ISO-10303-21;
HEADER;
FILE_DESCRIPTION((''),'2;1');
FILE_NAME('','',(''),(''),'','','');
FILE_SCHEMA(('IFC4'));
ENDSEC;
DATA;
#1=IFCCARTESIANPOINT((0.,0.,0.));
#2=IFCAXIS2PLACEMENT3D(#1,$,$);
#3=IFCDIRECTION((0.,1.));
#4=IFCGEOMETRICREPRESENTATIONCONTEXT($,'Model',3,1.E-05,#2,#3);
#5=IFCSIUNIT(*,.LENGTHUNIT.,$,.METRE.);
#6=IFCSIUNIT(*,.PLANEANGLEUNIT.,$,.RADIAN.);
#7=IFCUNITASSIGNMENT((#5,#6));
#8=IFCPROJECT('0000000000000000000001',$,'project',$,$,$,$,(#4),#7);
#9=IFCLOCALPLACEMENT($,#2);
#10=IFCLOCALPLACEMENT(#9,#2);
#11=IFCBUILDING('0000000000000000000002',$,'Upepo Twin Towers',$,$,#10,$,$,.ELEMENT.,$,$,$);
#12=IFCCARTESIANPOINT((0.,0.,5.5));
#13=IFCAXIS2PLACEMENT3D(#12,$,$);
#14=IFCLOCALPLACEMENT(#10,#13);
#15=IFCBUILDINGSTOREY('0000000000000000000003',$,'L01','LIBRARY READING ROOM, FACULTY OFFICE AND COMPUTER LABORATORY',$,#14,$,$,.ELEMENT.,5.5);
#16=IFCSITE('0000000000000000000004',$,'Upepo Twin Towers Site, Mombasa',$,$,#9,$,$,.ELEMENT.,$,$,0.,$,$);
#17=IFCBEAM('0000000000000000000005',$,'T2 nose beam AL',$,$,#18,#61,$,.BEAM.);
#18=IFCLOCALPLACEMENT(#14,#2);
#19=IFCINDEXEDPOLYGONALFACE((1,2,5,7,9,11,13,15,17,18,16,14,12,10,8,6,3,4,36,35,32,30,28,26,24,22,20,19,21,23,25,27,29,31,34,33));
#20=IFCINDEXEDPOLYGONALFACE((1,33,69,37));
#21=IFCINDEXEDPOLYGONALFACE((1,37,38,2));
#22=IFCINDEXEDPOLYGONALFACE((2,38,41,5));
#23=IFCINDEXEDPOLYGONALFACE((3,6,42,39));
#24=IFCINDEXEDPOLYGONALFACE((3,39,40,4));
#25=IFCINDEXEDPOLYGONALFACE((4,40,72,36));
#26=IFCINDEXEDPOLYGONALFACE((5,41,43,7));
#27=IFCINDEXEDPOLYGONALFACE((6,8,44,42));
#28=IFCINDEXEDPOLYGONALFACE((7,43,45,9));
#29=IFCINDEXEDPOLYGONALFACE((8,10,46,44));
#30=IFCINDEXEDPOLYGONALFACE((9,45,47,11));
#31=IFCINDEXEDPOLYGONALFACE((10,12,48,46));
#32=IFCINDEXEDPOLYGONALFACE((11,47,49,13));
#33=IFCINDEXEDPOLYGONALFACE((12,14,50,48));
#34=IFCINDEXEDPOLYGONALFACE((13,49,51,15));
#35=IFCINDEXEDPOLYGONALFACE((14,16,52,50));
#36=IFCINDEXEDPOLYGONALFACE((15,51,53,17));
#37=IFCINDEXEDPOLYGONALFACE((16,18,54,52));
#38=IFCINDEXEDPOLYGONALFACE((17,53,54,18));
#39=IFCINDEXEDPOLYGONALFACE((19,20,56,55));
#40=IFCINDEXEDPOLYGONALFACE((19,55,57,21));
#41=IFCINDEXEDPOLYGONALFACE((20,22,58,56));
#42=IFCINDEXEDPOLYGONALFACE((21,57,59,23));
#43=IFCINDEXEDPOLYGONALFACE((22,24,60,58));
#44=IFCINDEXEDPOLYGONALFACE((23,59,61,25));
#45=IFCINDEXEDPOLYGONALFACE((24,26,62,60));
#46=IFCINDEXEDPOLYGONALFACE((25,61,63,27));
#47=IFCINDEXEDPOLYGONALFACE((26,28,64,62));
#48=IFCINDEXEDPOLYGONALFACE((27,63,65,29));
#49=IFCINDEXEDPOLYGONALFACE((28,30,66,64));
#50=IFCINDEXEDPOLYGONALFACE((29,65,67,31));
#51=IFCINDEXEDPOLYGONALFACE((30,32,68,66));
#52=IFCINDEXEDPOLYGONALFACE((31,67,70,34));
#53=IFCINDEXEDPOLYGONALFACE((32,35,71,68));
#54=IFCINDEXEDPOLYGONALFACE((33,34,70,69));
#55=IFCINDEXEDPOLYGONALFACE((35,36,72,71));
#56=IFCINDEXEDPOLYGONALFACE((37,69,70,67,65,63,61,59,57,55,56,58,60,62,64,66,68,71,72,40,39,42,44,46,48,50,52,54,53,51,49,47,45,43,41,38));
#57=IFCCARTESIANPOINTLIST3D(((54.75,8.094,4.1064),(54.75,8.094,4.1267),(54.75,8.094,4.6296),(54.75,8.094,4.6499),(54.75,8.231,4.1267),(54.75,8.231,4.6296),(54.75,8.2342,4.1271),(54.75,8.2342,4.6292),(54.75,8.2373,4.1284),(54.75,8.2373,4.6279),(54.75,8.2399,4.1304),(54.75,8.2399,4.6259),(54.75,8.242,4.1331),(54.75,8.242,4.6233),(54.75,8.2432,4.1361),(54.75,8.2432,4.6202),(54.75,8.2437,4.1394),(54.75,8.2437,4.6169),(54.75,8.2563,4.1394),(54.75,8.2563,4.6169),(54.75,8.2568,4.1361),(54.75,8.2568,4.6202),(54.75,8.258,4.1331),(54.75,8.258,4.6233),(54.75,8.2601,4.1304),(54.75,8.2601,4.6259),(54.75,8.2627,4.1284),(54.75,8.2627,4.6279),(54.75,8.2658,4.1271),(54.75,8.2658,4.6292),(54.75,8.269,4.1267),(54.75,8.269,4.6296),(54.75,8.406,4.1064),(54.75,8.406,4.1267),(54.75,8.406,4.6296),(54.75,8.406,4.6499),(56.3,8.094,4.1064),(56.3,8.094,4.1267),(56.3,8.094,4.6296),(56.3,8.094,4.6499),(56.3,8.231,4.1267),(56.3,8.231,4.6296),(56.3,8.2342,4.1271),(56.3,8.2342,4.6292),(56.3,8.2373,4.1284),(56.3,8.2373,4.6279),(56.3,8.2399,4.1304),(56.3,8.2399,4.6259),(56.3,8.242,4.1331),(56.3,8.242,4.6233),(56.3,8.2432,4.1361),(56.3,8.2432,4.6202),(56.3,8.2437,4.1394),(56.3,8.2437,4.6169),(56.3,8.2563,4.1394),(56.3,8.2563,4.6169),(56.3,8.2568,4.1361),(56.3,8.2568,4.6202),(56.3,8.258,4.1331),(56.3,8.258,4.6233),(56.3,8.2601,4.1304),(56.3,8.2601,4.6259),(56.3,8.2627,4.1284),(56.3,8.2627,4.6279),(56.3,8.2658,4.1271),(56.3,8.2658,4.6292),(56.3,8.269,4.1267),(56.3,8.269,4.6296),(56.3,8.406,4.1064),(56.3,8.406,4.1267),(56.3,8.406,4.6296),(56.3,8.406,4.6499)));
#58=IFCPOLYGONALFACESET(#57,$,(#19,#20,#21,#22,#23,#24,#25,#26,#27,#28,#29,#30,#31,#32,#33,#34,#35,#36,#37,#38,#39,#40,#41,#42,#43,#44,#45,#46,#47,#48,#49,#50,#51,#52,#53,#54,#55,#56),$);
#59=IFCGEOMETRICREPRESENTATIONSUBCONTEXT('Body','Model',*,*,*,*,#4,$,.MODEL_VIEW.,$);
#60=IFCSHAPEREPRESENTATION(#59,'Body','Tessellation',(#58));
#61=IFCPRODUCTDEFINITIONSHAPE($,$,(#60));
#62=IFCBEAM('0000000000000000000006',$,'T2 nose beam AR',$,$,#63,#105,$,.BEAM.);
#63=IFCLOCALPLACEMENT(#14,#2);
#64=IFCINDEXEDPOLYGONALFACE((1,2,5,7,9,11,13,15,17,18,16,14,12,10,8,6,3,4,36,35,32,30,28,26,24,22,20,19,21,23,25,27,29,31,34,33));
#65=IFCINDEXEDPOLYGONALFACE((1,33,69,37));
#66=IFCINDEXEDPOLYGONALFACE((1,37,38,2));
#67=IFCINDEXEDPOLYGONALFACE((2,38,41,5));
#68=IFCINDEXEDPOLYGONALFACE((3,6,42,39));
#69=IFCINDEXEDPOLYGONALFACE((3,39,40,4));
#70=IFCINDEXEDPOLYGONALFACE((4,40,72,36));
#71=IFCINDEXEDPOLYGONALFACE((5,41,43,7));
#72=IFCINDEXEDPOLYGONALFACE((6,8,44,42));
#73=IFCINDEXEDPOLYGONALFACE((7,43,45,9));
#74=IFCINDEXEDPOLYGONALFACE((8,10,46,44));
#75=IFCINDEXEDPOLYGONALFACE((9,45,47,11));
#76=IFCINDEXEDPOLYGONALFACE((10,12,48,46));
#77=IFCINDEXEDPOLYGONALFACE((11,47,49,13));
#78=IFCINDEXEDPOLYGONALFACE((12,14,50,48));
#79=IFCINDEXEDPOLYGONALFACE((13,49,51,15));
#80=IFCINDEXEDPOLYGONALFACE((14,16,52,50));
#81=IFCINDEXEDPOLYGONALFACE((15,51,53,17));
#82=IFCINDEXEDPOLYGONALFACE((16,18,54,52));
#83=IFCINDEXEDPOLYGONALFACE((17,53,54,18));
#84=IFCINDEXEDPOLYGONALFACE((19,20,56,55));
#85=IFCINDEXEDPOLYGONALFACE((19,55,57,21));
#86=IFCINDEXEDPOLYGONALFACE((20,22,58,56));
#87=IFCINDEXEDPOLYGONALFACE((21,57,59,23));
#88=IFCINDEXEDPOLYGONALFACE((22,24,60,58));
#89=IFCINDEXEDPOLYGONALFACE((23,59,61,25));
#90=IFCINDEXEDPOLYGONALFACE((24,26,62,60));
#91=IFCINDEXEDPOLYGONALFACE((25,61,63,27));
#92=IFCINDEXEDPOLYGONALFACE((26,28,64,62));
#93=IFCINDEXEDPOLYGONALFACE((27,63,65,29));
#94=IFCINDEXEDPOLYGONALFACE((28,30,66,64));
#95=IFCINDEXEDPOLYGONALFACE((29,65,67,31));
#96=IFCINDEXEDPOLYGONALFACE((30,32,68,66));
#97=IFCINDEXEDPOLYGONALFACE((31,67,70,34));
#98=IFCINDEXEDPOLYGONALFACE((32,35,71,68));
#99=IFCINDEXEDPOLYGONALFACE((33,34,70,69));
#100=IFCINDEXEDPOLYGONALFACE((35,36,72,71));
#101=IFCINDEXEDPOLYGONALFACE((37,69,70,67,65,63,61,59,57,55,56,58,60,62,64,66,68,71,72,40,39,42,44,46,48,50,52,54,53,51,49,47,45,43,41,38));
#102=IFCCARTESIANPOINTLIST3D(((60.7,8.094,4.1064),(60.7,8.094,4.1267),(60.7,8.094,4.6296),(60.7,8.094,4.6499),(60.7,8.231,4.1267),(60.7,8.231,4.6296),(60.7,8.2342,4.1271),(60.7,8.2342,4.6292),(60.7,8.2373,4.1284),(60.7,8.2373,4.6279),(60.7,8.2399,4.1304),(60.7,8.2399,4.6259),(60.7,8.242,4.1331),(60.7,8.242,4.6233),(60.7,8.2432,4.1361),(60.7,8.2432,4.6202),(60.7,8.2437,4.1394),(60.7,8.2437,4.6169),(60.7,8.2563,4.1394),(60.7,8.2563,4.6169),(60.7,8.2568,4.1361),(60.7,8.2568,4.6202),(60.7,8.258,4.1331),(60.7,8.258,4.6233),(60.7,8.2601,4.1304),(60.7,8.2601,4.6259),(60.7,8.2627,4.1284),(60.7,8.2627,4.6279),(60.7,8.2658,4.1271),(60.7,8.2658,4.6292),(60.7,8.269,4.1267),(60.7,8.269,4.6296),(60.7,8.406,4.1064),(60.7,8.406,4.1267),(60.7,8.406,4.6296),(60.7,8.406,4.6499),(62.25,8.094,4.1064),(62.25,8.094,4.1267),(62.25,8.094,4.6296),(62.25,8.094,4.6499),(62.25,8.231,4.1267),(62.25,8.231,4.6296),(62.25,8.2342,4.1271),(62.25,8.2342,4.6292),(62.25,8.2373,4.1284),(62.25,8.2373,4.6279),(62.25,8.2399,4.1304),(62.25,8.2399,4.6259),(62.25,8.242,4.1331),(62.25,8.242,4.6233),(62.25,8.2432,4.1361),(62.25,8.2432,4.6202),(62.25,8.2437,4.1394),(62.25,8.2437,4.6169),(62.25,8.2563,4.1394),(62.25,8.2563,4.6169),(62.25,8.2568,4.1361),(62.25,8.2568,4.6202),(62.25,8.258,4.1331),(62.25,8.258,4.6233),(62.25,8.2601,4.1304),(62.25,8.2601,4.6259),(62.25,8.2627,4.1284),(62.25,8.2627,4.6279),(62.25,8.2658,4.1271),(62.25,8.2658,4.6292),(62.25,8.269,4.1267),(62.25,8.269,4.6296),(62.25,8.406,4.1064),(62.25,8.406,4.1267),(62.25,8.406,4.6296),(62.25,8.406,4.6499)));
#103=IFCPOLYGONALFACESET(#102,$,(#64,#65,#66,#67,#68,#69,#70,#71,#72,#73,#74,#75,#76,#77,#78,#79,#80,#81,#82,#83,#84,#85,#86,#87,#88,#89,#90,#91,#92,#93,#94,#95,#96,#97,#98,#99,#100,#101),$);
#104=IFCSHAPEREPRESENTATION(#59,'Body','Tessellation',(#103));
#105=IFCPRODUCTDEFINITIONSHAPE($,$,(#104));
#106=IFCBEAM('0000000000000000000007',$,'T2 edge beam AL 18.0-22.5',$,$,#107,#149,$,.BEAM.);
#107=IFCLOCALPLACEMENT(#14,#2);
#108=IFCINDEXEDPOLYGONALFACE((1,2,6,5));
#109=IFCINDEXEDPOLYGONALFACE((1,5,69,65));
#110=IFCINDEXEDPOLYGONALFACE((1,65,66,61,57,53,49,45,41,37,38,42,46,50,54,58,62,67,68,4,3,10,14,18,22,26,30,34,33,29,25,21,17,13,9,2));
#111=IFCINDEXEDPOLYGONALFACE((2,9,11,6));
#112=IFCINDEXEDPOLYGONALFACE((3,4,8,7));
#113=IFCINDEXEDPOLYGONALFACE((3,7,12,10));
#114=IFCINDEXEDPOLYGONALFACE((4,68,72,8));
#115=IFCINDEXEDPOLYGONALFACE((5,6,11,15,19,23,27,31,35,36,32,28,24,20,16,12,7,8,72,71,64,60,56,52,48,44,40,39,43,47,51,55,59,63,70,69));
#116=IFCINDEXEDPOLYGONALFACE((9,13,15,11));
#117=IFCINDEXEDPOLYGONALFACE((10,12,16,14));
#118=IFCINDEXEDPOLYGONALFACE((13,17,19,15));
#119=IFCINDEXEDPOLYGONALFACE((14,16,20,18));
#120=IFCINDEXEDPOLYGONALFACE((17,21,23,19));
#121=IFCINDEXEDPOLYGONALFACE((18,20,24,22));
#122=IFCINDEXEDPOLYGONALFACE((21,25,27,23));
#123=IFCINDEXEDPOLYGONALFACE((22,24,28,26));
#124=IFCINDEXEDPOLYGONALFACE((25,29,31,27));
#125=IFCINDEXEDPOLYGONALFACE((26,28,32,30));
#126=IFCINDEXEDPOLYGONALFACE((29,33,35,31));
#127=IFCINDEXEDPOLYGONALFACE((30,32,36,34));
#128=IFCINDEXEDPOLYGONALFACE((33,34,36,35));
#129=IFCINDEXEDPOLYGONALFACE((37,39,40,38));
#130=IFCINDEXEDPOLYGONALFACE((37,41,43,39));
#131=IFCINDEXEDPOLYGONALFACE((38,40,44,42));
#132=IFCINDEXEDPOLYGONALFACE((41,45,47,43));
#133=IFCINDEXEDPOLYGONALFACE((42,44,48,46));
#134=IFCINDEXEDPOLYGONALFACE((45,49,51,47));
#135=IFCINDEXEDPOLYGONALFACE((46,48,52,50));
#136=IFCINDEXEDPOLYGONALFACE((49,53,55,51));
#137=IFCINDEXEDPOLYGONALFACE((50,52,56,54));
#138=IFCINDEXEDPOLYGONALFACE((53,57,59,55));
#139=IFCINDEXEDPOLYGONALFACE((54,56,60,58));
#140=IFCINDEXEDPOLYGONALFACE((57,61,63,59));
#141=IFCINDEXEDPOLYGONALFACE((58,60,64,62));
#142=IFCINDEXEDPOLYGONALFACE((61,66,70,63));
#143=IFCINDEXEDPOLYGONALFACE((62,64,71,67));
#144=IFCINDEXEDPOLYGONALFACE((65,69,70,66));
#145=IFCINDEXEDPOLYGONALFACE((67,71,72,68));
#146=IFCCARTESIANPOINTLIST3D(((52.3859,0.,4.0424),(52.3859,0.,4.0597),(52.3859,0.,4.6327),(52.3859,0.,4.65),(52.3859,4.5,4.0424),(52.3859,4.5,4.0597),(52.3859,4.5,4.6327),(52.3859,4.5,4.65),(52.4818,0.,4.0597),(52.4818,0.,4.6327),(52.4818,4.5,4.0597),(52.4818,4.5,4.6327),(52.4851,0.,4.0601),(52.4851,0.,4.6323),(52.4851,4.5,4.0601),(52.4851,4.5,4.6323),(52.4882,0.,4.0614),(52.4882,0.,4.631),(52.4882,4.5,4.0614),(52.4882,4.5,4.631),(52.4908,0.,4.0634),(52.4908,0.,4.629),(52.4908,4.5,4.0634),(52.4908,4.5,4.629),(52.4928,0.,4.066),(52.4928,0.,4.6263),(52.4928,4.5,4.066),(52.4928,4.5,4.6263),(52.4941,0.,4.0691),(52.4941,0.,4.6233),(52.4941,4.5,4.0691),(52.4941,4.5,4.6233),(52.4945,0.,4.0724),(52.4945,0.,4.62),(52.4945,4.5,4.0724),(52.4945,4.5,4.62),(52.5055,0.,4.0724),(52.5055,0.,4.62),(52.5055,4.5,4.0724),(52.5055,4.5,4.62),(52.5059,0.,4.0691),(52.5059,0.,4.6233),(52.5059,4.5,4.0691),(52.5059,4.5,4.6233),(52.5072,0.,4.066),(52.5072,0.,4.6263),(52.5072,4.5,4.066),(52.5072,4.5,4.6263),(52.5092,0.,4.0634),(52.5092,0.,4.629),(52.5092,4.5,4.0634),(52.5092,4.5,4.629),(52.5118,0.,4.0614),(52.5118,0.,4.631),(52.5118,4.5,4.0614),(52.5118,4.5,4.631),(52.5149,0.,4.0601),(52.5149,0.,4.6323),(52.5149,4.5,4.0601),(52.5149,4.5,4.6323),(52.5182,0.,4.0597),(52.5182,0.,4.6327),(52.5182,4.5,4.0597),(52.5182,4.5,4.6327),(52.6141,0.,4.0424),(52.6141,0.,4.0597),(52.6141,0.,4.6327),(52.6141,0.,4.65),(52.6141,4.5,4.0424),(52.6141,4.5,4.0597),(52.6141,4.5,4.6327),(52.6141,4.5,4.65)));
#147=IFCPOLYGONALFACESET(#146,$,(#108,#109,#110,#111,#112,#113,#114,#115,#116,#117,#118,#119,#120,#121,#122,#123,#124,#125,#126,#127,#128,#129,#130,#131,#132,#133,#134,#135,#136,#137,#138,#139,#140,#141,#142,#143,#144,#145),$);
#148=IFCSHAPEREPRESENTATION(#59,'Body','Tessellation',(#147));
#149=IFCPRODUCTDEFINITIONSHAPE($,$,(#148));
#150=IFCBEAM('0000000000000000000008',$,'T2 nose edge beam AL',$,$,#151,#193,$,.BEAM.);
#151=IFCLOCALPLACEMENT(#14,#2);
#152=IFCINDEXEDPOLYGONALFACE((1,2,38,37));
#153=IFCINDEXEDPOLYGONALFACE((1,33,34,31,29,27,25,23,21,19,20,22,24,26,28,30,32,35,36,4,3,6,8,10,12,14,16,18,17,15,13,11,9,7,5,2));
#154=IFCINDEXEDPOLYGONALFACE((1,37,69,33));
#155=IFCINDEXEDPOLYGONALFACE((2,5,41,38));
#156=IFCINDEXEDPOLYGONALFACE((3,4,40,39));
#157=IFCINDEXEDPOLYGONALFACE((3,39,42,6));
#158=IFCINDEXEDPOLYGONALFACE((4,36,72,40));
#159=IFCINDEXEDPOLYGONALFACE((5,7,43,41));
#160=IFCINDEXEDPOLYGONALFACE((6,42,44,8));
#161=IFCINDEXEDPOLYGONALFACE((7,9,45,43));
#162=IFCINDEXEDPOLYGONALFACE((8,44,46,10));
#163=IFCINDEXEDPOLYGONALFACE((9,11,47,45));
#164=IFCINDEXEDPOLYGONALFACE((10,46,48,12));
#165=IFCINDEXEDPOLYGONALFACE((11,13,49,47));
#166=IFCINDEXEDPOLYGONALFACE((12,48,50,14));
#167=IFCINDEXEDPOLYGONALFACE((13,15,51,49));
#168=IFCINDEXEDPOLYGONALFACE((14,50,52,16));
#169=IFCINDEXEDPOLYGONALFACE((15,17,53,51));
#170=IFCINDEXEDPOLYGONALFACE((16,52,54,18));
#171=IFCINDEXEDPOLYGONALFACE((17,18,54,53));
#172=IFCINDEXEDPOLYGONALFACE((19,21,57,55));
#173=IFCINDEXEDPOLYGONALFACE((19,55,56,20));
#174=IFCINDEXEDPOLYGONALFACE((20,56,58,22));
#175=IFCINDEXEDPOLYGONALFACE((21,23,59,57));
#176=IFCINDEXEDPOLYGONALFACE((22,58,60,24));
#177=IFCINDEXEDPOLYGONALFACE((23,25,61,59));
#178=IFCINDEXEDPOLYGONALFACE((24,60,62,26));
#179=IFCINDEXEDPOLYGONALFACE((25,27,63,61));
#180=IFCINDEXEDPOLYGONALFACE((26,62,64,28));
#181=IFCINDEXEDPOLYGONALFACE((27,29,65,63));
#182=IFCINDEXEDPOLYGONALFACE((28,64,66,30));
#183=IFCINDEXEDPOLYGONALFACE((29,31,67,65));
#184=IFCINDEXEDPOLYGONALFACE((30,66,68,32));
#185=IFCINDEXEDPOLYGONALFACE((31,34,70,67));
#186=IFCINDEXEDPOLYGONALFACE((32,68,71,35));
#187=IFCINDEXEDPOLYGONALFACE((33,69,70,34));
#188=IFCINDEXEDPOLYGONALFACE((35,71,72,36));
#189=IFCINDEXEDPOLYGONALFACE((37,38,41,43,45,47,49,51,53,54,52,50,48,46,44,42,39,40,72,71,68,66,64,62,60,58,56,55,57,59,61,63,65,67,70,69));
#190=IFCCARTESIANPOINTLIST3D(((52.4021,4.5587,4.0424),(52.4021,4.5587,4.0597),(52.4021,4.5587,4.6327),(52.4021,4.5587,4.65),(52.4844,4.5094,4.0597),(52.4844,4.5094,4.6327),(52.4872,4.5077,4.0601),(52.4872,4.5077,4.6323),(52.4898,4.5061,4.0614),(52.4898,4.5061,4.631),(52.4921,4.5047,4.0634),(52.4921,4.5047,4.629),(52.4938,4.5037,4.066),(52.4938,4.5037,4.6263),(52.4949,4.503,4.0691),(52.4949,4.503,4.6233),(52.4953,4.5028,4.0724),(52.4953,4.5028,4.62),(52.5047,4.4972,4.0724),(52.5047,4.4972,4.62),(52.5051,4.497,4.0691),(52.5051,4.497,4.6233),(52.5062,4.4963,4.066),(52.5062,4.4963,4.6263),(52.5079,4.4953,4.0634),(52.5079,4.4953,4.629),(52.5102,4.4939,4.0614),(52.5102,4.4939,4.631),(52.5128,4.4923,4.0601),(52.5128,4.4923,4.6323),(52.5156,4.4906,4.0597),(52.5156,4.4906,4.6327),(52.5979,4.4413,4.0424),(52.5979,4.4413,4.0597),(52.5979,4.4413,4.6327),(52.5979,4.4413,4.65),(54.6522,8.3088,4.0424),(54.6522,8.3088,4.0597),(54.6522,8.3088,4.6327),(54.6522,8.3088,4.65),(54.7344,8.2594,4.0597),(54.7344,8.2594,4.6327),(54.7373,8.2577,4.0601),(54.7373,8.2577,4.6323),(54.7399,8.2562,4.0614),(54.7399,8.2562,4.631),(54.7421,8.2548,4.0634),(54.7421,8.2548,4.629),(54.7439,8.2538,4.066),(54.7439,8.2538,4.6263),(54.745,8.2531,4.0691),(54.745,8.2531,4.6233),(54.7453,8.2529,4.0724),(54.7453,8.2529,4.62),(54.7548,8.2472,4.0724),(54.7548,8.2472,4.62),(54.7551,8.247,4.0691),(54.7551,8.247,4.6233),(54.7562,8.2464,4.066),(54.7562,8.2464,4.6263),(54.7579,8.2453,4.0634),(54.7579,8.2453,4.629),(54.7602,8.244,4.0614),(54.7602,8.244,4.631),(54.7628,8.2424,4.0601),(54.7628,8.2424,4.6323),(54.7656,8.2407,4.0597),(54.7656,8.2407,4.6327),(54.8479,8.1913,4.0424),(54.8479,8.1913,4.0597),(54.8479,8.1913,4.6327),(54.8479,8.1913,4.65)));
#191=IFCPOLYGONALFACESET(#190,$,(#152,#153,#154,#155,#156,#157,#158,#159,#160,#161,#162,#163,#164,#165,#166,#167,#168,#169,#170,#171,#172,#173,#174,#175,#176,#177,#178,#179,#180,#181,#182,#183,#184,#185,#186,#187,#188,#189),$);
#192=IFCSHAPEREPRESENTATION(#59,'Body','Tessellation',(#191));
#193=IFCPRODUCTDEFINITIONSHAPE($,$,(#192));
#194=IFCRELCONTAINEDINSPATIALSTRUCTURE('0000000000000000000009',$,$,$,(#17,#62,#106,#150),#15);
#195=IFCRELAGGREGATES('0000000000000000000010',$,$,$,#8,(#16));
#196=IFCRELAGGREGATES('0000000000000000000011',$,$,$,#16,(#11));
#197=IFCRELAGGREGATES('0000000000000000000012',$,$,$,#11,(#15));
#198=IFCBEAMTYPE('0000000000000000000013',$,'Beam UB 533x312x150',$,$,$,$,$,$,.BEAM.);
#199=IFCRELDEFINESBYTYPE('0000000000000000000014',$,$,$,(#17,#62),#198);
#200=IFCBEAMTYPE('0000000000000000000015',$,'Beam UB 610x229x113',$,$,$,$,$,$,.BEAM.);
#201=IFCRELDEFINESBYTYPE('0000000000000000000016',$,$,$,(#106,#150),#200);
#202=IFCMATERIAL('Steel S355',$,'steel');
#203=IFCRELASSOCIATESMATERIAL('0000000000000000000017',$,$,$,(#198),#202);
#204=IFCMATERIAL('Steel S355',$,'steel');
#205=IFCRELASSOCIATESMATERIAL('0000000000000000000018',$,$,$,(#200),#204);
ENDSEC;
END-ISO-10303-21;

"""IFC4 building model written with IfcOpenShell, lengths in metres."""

from ifc_helpers import new_model, si_unit, direction, frame, origin, origin_2d, place, context, subcontext, project, spatial, i_section, extrude, material, material_profile, profile_set, type_object, element, save


model = new_model("IFC4")

# Units and contexts
model_context = context("Model", 3, precision=1e-05, world=origin(), true_north=direction((0.0, 1.0)))
body_context = subcontext(model_context, "Body", "Model", "MODEL_VIEW")
ifc_project = project(units=[si_unit("LENGTHUNIT", "METRE"), si_unit("PLANEANGLEUNIT", "RADIAN")], contexts=[model_context])

# Site, building, storey
site_placement = place(None, origin())
site = spatial("IfcSite", under=ifc_project, at=site_placement, Name="Upepo Twin Towers Site, Mombasa", CompositionType="ELEMENT", RefElevation=0.0)
building_placement = place(site_placement, origin())
building = spatial("IfcBuilding", under=site, at=building_placement, Name="Upepo Twin Towers", CompositionType="ELEMENT")
storey_placement = place(building_placement, frame((0.0, 0.0, 5.5)))
storey = spatial("IfcBuildingStorey", under=building, at=storey_placement, Name="L01", Description="LIBRARY READING ROOM, FACULTY OFFICE AND COMPUTER LABORATORY", CompositionType="ELEMENT", Elevation=5.5)

# Beams
ifc_material_1 = material(Name="Steel S355", Category="steel")
ifc_material_profile_1 = material_profile(ifc_material_1, i_section(OverallWidth=0.312, OverallDepth=0.5435, WebThickness=0.0127, FlangeThickness=0.0203, FilletRadius=0.0127, at=origin_2d()), Name="UB 533x312x150")
ifc_profile_set_1 = profile_set([ifc_material_profile_1], Name="Steel S355")
beam_type_1 = type_object("IfcBeamType", Name="Beam UB 533x312x150", PredefinedType="BEAM", material=ifc_profile_set_1)
for number, where, z_axis, x_axis, name in (
    (1, (54.75, 8.25, 4.3782), (1.0, 0.0, 0.0), (0.0, 1.0, 0.0), "T2 nose beam AL"),
    (2, (62.25, 8.25, 4.3782), (-1.0, 0.0, 0.0), (0.0, -1.0, 0.0), "T2 nose beam AR"),
):
    element("IfcBeam", number, at=place(storey_placement, frame(where, z_axis=z_axis, x_axis=x_axis)), inside=storey, type_object=beam_type_1, Name=name, PredefinedType="BEAM", context=body_context, shape_type="SweptSolid", body=[
        extrude(i_section(OverallWidth=0.312, OverallDepth=0.5435, WebThickness=0.0127, FlangeThickness=0.0203, FilletRadius=0.0127, at=origin_2d()), origin(), (0.0, 0.0, 1.0), 1.55),
    ])
ifc_material_2 = material(Name="Steel S355", Category="steel")
ifc_material_profile_2 = material_profile(ifc_material_2, i_section(OverallWidth=0.2283, OverallDepth=0.6077, WebThickness=0.011, FlangeThickness=0.0173, FilletRadius=0.0127, at=origin_2d()), Name="UB 610x229x113")
ifc_profile_set_2 = profile_set([ifc_material_profile_2], Name="Steel S355")
beam_type_2 = type_object("IfcBeamType", Name="Beam UB 610x229x113", PredefinedType="BEAM", material=ifc_profile_set_2)
beam_1_placement = place(storey_placement, frame((52.5, 0.0, 4.3462), z_axis=(0.0, 1.0, 0.0), x_axis=(-1.0, 0.0, 0.0)))
element("IfcBeam", 3, at=beam_1_placement, inside=storey, type_object=beam_type_2, Name="T2 edge beam AL 18.0-22.5", PredefinedType="BEAM", context=body_context, shape_type="SweptSolid", body=[
    extrude(i_section(OverallWidth=0.2283, OverallDepth=0.6077, WebThickness=0.011, FlangeThickness=0.0173, FilletRadius=0.0127, at=origin_2d()), origin(), (0.0, 0.0, 1.0), 4.5),
])
beam_2_placement = place(storey_placement, frame((52.5, 4.5, 4.3462), z_axis=(0.514496, 0.857493, 0.0), x_axis=(-0.857493, 0.514496, 0.0)))
element("IfcBeam", 4, at=beam_2_placement, inside=storey, type_object=beam_type_2, Name="T2 nose edge beam AL", PredefinedType="BEAM", context=body_context, shape_type="SweptSolid", body=[
    extrude(i_section(OverallWidth=0.2283, OverallDepth=0.6077, WebThickness=0.011, FlangeThickness=0.0173, FilletRadius=0.0127, at=origin_2d()), origin(), (0.0, 0.0, 1.0), 4.3733),
])

save(model, "model.ifc")
